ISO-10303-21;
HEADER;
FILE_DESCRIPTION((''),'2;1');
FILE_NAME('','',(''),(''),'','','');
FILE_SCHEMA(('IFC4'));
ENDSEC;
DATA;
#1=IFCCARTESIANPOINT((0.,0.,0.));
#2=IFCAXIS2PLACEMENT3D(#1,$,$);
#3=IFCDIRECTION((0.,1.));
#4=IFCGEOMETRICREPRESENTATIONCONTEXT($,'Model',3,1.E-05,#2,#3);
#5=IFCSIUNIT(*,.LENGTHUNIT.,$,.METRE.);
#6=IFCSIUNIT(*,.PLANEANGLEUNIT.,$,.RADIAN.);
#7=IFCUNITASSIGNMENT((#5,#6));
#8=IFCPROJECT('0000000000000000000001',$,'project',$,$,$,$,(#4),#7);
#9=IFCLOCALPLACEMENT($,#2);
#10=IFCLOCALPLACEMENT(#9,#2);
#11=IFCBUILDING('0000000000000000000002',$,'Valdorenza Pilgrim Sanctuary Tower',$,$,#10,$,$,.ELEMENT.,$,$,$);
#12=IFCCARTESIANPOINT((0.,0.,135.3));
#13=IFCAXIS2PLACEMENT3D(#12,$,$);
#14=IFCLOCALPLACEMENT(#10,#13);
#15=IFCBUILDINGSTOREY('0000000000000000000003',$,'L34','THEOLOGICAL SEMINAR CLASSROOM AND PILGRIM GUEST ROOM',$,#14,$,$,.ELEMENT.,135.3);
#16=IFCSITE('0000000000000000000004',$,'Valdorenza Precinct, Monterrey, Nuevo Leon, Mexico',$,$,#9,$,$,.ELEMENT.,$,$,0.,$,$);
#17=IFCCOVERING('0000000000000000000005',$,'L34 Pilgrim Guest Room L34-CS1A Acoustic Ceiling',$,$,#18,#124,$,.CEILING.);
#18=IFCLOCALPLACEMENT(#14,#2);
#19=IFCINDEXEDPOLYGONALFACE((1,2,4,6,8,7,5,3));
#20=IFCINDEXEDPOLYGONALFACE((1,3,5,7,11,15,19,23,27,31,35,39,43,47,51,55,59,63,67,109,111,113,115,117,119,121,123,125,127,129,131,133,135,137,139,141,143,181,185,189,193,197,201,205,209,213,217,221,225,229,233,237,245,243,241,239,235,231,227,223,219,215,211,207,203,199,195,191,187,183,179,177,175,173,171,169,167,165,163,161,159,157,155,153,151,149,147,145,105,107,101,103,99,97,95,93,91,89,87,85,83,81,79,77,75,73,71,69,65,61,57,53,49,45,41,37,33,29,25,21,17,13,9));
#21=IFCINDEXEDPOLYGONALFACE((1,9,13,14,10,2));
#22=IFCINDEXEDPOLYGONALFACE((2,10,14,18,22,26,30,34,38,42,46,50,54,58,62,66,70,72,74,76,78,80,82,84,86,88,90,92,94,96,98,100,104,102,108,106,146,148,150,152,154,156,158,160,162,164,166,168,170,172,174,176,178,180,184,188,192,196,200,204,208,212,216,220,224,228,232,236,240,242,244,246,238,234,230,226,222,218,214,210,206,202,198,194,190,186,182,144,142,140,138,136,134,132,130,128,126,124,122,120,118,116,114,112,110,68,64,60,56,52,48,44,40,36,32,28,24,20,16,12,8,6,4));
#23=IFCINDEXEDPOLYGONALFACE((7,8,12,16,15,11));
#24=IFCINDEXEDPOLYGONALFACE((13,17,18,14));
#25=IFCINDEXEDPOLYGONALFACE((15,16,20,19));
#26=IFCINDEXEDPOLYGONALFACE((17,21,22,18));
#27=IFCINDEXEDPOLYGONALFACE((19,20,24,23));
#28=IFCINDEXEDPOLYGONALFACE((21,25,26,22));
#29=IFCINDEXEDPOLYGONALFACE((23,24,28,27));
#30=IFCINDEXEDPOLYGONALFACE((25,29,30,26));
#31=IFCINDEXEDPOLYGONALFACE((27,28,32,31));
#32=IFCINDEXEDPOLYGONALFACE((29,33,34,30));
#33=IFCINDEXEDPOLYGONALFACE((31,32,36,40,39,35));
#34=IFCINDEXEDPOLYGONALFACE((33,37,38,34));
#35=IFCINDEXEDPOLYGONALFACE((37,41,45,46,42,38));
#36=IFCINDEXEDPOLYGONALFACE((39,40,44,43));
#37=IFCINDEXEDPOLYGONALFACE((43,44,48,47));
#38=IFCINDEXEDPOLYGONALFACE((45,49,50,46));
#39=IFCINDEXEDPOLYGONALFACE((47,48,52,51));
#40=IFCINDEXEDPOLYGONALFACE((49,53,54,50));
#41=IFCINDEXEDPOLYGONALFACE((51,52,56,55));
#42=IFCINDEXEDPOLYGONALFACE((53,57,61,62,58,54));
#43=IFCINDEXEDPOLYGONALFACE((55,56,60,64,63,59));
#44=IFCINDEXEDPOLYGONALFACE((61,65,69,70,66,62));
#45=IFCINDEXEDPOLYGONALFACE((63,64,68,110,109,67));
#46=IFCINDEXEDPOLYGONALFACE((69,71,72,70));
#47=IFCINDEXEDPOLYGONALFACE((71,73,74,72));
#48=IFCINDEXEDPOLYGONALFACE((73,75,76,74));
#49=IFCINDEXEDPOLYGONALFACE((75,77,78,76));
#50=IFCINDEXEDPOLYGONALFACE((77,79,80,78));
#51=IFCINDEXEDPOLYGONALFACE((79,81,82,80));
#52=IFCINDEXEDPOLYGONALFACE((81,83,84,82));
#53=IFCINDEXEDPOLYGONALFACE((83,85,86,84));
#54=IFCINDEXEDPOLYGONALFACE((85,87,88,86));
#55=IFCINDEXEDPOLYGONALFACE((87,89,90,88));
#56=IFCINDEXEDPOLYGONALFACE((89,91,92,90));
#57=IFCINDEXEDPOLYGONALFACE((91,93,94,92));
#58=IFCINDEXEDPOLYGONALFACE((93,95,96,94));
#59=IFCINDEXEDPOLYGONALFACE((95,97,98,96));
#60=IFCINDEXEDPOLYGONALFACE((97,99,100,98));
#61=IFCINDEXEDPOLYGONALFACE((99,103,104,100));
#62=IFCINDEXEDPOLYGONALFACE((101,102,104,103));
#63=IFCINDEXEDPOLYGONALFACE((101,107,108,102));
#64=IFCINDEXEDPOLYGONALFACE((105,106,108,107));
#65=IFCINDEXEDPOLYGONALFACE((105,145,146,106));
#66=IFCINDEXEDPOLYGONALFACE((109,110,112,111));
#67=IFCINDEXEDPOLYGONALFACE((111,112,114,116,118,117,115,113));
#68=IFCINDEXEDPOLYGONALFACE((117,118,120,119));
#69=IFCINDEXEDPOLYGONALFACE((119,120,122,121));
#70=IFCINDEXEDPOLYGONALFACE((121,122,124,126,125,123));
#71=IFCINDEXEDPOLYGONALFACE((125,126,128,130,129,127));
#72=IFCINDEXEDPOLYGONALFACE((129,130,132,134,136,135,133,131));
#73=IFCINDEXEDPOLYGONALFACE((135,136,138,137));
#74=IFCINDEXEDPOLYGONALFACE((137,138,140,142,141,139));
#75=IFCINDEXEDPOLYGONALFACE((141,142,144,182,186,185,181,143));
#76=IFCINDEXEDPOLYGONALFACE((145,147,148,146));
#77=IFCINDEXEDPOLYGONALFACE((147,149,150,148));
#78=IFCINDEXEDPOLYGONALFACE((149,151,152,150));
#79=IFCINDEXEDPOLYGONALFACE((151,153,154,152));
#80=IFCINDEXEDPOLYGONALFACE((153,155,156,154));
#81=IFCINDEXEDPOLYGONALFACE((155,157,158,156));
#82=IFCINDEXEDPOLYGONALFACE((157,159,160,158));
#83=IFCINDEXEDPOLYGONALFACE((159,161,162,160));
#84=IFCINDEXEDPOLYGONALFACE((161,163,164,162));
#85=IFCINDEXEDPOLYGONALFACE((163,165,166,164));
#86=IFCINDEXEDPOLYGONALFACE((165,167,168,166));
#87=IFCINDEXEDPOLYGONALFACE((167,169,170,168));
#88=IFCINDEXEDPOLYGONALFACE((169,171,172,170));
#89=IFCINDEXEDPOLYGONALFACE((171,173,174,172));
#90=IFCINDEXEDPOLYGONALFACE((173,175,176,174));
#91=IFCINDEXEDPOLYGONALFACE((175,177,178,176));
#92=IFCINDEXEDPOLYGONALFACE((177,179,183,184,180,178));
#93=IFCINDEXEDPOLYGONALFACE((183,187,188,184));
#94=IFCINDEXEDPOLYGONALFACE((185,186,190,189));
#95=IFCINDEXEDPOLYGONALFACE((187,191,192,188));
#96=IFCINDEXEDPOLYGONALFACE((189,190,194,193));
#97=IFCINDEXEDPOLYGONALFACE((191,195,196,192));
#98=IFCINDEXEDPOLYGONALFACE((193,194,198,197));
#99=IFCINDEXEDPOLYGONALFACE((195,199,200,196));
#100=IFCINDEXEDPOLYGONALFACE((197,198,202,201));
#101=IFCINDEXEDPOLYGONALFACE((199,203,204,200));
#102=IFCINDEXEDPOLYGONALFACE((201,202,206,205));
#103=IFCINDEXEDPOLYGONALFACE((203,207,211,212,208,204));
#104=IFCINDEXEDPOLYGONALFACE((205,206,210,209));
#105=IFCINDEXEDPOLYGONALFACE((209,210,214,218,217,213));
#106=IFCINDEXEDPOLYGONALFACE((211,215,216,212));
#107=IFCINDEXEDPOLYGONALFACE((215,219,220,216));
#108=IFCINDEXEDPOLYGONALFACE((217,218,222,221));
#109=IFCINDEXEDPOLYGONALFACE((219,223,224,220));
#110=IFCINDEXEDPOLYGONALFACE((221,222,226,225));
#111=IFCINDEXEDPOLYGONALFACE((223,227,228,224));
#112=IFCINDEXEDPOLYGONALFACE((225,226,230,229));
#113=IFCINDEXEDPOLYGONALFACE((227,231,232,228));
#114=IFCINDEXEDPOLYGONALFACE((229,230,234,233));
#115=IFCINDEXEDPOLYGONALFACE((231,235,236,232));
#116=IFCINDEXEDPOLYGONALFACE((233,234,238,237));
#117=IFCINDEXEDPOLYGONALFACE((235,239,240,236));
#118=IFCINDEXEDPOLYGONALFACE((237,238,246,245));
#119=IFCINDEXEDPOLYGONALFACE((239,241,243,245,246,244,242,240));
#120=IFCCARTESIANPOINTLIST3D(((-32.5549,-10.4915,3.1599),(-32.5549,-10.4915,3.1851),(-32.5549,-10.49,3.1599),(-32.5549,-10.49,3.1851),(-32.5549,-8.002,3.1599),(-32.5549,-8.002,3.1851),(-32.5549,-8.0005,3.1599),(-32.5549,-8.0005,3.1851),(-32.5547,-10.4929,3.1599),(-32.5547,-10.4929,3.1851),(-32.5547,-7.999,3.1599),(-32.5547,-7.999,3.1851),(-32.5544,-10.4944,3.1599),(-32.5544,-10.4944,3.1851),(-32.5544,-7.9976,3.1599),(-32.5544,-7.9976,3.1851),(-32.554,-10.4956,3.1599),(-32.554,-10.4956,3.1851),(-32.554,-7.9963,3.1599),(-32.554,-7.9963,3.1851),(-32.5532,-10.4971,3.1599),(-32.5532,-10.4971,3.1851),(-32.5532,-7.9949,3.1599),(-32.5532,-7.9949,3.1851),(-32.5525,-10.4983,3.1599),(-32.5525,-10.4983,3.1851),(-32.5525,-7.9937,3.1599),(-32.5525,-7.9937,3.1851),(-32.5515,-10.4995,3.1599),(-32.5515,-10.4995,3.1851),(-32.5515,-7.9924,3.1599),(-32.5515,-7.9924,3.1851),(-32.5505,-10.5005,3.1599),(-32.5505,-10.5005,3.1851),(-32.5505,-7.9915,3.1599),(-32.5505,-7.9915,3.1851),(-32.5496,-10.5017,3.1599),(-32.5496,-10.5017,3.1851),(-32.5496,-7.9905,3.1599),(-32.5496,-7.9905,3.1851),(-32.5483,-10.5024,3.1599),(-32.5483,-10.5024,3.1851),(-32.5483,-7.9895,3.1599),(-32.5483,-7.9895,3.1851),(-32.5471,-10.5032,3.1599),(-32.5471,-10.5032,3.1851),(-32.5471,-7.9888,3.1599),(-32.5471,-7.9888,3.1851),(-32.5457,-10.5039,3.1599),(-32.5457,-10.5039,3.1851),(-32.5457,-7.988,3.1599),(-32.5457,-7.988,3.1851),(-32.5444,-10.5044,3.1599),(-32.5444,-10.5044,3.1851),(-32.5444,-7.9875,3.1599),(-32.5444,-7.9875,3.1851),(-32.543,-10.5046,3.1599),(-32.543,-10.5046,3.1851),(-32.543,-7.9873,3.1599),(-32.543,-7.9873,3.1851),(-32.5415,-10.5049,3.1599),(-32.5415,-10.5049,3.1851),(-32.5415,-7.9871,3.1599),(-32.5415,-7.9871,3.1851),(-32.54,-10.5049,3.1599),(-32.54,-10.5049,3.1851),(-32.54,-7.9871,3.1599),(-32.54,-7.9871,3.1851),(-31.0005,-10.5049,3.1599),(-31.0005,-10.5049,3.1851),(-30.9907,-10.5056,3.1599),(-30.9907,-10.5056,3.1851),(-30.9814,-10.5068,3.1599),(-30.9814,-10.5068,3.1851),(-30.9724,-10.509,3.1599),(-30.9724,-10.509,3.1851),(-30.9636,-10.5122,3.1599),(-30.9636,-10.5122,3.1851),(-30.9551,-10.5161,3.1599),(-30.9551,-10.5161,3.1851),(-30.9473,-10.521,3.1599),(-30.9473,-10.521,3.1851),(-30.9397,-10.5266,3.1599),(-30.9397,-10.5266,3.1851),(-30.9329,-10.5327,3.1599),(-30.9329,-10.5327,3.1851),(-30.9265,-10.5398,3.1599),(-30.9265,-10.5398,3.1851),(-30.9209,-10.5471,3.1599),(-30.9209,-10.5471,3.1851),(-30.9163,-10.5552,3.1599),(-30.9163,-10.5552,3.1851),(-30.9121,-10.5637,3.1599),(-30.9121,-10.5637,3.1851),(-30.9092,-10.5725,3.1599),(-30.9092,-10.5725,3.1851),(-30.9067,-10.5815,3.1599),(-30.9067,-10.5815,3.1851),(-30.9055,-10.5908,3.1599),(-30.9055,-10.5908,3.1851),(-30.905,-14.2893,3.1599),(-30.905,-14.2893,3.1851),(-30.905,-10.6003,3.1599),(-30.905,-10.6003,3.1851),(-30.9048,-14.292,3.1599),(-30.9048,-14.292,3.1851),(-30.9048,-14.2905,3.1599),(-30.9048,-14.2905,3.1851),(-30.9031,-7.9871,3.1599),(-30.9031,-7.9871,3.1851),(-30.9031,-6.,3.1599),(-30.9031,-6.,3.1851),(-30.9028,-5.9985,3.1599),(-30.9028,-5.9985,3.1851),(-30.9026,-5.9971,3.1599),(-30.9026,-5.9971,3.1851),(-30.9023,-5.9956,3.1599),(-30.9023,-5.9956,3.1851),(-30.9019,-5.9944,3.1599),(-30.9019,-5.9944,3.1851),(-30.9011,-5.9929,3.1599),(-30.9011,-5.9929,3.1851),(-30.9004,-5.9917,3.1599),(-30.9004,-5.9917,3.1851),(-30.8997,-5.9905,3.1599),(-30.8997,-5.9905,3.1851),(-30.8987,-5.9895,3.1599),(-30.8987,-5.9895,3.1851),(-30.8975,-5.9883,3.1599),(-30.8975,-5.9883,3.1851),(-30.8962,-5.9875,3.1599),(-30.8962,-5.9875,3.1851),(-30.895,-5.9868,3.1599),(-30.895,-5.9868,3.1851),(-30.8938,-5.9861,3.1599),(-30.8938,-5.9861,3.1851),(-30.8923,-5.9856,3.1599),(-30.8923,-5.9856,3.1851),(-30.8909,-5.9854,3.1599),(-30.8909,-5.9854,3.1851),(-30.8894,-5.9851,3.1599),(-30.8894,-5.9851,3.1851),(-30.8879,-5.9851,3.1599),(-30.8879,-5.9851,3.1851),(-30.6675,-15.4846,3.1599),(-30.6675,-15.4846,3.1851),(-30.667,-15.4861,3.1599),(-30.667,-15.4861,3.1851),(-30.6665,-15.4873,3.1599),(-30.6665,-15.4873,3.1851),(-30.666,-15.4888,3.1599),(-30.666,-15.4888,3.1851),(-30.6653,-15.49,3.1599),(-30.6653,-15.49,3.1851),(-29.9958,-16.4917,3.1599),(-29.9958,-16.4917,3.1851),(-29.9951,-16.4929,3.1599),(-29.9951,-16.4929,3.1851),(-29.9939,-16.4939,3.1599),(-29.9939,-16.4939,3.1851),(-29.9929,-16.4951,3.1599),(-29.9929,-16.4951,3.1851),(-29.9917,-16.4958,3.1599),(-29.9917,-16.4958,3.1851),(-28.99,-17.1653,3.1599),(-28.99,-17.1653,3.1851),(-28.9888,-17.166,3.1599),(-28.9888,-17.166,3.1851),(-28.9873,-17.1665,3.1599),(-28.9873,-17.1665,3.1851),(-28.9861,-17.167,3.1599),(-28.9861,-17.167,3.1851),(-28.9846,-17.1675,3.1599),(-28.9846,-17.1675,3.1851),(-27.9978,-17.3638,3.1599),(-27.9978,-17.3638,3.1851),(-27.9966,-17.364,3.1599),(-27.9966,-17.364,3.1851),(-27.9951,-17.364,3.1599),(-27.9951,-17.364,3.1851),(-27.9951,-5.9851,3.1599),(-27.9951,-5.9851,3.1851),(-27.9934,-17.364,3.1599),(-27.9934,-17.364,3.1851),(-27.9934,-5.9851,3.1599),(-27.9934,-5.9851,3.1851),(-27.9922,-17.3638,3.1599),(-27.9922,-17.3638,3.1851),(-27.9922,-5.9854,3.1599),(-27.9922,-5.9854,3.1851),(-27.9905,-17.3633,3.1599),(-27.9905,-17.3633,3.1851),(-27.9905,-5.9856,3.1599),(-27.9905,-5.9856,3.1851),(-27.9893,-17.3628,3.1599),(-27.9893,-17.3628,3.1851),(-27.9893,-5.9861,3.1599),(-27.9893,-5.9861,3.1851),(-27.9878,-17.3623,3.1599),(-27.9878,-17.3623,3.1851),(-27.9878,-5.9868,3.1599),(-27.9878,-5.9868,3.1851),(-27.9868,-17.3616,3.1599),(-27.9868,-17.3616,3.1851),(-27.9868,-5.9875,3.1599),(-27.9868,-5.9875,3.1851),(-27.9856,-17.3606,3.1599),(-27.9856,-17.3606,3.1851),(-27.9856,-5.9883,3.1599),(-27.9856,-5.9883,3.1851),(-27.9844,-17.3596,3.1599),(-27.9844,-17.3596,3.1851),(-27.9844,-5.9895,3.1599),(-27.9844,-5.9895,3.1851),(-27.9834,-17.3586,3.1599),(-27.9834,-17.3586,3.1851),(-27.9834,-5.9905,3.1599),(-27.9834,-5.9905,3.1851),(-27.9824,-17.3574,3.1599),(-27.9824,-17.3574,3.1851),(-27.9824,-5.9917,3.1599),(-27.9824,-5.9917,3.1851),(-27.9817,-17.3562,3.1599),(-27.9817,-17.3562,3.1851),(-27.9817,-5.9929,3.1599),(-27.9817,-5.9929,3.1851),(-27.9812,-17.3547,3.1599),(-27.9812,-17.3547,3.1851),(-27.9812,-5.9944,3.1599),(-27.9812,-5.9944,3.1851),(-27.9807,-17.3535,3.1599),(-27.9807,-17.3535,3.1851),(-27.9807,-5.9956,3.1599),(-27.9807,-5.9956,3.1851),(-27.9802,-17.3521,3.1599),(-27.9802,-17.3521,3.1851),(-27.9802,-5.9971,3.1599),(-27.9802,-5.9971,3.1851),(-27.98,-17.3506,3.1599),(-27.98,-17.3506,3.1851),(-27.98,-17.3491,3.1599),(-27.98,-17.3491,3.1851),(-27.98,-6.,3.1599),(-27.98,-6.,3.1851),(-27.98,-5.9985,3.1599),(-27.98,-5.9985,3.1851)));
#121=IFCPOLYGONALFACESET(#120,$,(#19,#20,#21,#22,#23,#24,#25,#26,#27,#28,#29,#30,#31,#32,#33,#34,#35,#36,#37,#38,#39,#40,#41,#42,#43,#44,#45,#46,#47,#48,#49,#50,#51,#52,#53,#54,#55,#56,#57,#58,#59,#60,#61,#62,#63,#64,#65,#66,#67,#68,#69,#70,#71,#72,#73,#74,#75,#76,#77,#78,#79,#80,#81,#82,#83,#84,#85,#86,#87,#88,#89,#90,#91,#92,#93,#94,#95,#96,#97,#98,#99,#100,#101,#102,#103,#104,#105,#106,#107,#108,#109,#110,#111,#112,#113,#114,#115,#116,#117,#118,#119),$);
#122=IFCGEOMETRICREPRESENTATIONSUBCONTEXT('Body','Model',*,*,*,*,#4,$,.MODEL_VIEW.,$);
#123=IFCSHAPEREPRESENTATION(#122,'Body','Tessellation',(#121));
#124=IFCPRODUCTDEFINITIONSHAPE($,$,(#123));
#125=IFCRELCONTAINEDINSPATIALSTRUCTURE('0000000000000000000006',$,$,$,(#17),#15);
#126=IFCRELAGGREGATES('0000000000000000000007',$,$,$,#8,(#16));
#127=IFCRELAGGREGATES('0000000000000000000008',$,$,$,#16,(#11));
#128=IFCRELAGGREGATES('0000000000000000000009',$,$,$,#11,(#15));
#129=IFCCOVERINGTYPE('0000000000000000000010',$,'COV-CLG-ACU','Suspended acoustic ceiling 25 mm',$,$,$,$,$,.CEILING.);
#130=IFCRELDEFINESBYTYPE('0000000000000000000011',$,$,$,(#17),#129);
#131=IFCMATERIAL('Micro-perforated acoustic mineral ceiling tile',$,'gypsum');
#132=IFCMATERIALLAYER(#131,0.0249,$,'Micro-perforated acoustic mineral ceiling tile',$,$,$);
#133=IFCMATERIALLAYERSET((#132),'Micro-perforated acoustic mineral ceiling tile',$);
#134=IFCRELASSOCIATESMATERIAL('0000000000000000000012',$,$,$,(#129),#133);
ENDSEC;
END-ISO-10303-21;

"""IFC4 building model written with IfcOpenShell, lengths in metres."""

from ifc_helpers import new_model, si_unit, direction, frame, origin, place, context, subcontext, project, spatial, polyline, outline, extrude, material, layer, layer_set, type_object, element, save


model = new_model("IFC4")

# Units and contexts
model_context = context("Model", 3, precision=1e-05, world=origin(), true_north=direction((0.0, 1.0)))
body_context = subcontext(model_context, "Body", "Model", "MODEL_VIEW")
ifc_project = project(units=[si_unit("LENGTHUNIT", "METRE"), si_unit("PLANEANGLEUNIT", "RADIAN")], contexts=[model_context])

# Site, building, storey
site_placement = place(None, origin())
site = spatial("IfcSite", under=ifc_project, at=site_placement, Name="Valdorenza Precinct, Monterrey, Nuevo Leon, Mexico", CompositionType="ELEMENT", RefElevation=0.0)
building_placement = place(site_placement, origin())
building = spatial("IfcBuilding", under=site, at=building_placement, Name="Valdorenza Pilgrim Sanctuary Tower", CompositionType="ELEMENT")
storey_placement = place(building_placement, frame((0.0, 0.0, 135.3)))
storey = spatial("IfcBuildingStorey", under=building, at=storey_placement, Name="L34", Description="THEOLOGICAL SEMINAR CLASSROOM AND PILGRIM GUEST ROOM", CompositionType="ELEMENT", Elevation=135.3)

# Covering
ifc_material_1 = material(Name="Micro-perforated acoustic mineral ceiling tile", Category="gypsum")
ifc_layer_1 = layer(ifc_material_1, 0.0249, Name="Micro-perforated acoustic mineral ceiling tile")
ifc_layer_set_1 = layer_set([ifc_layer_1], Name="Micro-perforated acoustic mineral ceiling tile")
covering_type_1 = type_object("IfcCoveringType", Name="COV-CLG-ACU", Description="Suspended acoustic ceiling 25 mm", PredefinedType="CEILING", material=ifc_layer_set_1)
covering_1_placement = place(storey_placement, frame((0.0, 0.0, 3.1599)))
element("IfcCovering", 1, at=covering_1_placement, inside=storey, type_object=covering_type_1, Name="L34 Pilgrim Guest Room L34-CS1A Acoustic Ceiling", PredefinedType="CEILING", context=body_context, shape_type="SweptSolid", body=[
    extrude(outline(polyline([(-30.9031, -7.9871), (-30.9031, -6.0), (-30.9028, -5.9985), (-30.9026, -5.9971), (-30.9023, -5.9956), (-30.9019, -5.9944), (-30.9011, -5.9929), (-30.9004, -5.9917), (-30.8997, -5.9905), (-30.8987, -5.9895), (-30.8975, -5.9883), (-30.8962, -5.9875), (-30.895, -5.9868), (-30.8938, -5.9861), (-30.8923, -5.9856), (-30.8909, -5.9854), (-30.8894, -5.9851), (-30.8879, -5.9851), (-27.9951, -5.9851), (-27.9934, -5.9851), (-27.9922, -5.9854), (-27.9905, -5.9856), (-27.9893, -5.9861), (-27.9878, -5.9868), (-27.9868, -5.9875), (-27.9856, -5.9883), (-27.9844, -5.9895), (-27.9834, -5.9905), (-27.9824, -5.9917), (-27.9817, -5.9929), (-27.9812, -5.9944), (-27.9807, -5.9956), (-27.9802, -5.9971), (-27.98, -5.9985), (-27.98, -6.0), (-27.98, -17.3491), (-27.98, -17.3506), (-27.9802, -17.3521), (-27.9807, -17.3535), (-27.9812, -17.3547), (-27.9817, -17.3562), (-27.9824, -17.3574), (-27.9834, -17.3586), (-27.9844, -17.3596), (-27.9856, -17.3606), (-27.9868, -17.3616), (-27.9878, -17.3623), (-27.9893, -17.3628), (-27.9905, -17.3633), (-27.9922, -17.3638), (-27.9934, -17.364), (-27.9951, -17.364), (-27.9966, -17.364), (-27.9978, -17.3638), (-28.9846, -17.1675), (-28.9861, -17.167), (-28.9873, -17.1665), (-28.9888, -17.166), (-28.99, -17.1653), (-29.9917, -16.4958), (-29.9929, -16.4951), (-29.9939, -16.4939), (-29.9951, -16.4929), (-29.9958, -16.4917), (-30.6653, -15.49), (-30.666, -15.4888), (-30.6665, -15.4873), (-30.667, -15.4861), (-30.6675, -15.4846), (-30.9048, -14.292), (-30.9048, -14.2905), (-30.905, -14.2893), (-30.905, -10.6003), (-30.9055, -10.5908), (-30.9067, -10.5815), (-30.9092, -10.5725), (-30.9121, -10.5637), (-30.9163, -10.5552), (-30.9209, -10.5471), (-30.9265, -10.5398), (-30.9329, -10.5327), (-30.9397, -10.5266), (-30.9473, -10.521), (-30.9551, -10.5161), (-30.9636, -10.5122), (-30.9724, -10.509), (-30.9814, -10.5068), (-30.9907, -10.5056), (-31.0005, -10.5049), (-32.54, -10.5049), (-32.5415, -10.5049), (-32.543, -10.5046), (-32.5444, -10.5044), (-32.5457, -10.5039), (-32.5471, -10.5032), (-32.5483, -10.5024), (-32.5496, -10.5017), (-32.5505, -10.5005), (-32.5515, -10.4995), (-32.5525, -10.4983), (-32.5532, -10.4971), (-32.554, -10.4956), (-32.5544, -10.4944), (-32.5547, -10.4929), (-32.5549, -10.4915), (-32.5549, -10.49), (-32.5549, -8.002), (-32.5549, -8.0005), (-32.5547, -7.999), (-32.5544, -7.9976), (-32.554, -7.9963), (-32.5532, -7.9949), (-32.5525, -7.9937), (-32.5515, -7.9924), (-32.5505, -7.9915), (-32.5496, -7.9905), (-32.5483, -7.9895), (-32.5471, -7.9888), (-32.5457, -7.988), (-32.5444, -7.9875), (-32.543, -7.9873), (-32.5415, -7.9871), (-32.54, -7.9871), (-30.9031, -7.9871)])), origin(), (0.0, 0.0, 1.0), 0.0251),
])

save(model, "model.ifc")
